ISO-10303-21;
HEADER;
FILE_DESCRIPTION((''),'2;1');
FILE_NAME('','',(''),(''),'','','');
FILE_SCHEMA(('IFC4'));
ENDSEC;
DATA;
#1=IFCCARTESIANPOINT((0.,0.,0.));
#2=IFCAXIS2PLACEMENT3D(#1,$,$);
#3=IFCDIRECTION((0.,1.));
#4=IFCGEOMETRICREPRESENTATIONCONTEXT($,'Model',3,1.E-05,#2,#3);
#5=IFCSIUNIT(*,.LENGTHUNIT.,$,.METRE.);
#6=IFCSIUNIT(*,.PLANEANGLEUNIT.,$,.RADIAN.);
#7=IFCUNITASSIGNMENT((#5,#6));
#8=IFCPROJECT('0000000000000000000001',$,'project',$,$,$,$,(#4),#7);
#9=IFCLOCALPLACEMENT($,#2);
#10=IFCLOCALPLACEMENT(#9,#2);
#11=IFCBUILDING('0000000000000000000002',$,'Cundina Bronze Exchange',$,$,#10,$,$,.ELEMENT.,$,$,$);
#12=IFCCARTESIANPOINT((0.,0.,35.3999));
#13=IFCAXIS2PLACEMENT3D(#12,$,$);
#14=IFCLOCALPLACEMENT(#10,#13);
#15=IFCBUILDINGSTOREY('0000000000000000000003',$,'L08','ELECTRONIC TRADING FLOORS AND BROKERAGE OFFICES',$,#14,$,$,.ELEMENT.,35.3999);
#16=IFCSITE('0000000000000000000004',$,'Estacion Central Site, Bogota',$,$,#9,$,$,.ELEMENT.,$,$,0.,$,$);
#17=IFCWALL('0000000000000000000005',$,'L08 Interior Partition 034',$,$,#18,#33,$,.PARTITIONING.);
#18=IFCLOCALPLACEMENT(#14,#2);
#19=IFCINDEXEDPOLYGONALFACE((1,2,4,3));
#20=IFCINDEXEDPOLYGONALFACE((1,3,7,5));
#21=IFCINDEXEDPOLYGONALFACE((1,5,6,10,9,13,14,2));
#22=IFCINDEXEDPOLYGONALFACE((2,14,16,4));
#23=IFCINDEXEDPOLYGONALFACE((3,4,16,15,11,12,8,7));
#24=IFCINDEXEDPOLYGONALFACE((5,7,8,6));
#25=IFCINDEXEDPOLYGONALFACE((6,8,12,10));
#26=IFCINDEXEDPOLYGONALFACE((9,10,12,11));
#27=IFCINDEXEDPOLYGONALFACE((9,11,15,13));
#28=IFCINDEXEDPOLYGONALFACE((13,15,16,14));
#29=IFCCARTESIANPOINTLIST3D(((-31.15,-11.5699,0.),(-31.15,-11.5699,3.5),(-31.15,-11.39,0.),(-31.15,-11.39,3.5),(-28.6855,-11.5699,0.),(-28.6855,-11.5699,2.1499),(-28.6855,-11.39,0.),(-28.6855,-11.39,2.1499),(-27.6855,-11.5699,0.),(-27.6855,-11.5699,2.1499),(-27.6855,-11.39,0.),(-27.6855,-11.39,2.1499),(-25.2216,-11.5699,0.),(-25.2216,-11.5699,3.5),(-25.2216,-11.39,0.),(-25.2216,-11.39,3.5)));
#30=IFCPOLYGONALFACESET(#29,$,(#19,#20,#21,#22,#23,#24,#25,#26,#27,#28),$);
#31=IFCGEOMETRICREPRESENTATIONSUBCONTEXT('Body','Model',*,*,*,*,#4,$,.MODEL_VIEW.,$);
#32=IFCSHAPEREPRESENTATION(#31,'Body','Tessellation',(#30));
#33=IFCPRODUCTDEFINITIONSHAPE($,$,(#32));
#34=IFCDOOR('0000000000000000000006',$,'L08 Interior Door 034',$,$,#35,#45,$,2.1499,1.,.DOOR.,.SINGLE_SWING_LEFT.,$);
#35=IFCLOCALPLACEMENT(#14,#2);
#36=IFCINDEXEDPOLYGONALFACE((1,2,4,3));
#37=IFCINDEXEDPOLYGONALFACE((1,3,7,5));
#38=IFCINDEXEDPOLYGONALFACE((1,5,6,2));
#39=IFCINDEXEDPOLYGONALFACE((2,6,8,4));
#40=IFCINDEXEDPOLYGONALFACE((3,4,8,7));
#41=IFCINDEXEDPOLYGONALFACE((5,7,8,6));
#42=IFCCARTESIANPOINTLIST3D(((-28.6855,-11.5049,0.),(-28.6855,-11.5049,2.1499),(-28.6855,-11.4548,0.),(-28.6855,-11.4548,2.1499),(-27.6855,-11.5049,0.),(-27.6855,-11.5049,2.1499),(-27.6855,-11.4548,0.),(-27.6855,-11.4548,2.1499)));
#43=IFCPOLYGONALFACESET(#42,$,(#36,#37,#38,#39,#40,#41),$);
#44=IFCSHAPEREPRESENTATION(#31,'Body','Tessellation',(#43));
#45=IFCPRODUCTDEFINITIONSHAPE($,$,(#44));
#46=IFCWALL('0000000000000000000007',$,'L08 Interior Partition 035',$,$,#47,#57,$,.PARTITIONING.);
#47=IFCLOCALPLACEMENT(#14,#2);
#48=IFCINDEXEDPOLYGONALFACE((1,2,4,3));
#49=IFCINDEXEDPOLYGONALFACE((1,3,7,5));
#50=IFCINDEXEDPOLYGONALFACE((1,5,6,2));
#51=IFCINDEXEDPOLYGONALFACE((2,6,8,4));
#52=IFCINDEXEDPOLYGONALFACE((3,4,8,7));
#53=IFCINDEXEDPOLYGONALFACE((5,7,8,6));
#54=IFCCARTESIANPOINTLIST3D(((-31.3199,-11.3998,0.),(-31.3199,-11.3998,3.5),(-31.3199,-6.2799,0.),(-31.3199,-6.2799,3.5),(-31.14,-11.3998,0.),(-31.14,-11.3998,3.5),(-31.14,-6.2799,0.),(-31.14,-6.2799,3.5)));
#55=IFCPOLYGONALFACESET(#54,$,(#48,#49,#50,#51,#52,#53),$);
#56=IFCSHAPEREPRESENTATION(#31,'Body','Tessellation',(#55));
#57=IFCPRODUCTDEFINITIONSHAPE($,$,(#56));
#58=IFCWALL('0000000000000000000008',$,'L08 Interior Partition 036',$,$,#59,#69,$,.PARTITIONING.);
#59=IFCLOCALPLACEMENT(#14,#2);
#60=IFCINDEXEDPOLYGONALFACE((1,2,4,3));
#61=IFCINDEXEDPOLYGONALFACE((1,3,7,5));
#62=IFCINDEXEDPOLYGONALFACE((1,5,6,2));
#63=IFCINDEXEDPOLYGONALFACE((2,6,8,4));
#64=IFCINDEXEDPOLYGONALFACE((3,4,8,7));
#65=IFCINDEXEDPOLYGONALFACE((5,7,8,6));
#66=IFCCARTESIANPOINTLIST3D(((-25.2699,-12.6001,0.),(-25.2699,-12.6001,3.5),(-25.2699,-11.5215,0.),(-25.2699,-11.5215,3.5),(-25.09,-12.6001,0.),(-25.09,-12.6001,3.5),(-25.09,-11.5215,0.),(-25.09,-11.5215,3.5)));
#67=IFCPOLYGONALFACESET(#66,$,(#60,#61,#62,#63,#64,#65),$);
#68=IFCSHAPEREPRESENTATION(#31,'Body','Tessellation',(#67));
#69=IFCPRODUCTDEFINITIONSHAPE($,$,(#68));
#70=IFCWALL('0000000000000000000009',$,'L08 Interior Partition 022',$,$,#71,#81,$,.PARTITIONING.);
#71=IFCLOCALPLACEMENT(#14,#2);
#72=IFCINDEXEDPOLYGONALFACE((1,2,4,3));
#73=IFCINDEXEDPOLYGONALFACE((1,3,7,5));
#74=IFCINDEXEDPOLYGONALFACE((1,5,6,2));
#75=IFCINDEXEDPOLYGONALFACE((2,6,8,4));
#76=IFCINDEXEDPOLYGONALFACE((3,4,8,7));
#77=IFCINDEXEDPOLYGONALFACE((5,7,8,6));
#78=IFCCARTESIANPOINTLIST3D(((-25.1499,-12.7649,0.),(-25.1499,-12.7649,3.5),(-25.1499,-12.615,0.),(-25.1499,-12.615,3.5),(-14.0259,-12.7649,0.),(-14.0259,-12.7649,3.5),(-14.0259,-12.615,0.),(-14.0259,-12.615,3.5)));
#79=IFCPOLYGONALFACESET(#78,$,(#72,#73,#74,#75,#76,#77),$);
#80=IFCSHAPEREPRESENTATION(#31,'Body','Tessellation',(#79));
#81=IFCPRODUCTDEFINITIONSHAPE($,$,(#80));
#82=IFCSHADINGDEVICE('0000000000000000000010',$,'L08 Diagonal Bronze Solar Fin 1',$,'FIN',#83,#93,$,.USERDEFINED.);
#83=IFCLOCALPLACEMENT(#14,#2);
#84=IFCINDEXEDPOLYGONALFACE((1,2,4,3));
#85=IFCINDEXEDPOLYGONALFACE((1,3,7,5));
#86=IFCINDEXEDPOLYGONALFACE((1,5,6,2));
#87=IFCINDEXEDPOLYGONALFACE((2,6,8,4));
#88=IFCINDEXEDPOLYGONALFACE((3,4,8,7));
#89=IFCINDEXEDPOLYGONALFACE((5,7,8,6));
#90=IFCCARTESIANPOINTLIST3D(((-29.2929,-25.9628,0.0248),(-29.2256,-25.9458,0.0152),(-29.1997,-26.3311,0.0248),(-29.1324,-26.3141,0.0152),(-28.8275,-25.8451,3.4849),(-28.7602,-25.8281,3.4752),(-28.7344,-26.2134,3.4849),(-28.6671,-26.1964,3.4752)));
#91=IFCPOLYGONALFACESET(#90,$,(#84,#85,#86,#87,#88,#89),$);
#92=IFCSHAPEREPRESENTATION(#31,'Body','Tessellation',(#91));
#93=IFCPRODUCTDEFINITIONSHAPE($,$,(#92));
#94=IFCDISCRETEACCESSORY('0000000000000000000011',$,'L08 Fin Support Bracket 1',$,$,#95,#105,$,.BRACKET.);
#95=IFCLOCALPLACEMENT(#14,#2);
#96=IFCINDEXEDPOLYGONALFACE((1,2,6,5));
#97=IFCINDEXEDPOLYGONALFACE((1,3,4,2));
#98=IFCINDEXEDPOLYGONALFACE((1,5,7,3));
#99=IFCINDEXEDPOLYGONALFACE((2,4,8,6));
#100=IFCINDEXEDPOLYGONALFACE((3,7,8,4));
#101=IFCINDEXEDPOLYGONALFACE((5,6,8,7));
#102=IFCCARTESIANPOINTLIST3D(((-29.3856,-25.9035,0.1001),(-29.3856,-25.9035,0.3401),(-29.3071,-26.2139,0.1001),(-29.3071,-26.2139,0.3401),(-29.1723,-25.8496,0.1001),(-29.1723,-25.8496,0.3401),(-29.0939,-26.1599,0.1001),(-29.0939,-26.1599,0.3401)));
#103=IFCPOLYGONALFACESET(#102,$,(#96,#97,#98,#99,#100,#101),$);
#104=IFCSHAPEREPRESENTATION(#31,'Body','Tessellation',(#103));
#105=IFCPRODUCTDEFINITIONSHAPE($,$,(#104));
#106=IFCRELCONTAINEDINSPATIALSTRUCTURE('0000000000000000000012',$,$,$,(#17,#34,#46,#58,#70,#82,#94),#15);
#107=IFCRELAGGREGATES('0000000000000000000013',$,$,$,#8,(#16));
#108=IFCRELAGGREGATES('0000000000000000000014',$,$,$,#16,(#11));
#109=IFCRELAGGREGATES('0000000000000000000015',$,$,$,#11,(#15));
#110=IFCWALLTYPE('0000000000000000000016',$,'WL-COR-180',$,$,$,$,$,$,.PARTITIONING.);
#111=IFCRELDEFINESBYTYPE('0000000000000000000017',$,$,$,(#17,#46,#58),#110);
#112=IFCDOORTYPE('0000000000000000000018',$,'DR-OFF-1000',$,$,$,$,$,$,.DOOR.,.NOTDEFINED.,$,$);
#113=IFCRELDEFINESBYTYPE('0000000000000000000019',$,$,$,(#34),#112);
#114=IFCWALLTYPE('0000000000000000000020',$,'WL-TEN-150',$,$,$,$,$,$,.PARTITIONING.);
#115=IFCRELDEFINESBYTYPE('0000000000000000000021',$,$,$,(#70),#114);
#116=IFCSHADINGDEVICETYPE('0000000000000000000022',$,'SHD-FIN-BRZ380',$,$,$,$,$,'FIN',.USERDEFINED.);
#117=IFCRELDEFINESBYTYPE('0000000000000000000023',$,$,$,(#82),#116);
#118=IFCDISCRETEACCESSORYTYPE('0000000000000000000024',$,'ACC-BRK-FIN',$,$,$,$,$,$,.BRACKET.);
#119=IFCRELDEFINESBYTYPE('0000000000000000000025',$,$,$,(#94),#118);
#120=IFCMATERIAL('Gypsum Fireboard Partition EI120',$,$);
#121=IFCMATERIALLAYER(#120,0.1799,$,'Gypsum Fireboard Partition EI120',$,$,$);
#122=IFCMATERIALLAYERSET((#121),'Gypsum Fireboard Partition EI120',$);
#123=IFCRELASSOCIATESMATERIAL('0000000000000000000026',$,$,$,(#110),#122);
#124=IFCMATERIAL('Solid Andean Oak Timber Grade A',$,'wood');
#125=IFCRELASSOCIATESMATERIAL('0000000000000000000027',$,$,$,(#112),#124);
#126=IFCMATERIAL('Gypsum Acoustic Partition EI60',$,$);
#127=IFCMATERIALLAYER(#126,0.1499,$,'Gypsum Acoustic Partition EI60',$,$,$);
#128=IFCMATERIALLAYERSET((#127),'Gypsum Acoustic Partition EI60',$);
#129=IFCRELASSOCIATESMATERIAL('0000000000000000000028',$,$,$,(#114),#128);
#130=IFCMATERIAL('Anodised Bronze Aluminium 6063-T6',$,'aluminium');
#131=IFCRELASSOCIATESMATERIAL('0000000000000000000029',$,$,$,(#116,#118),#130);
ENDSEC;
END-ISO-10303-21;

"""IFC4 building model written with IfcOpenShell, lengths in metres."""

from ifc_helpers import new_model, si_unit, direction, frame, frame_2d, origin, origin_2d, place, context, subcontext, project, spatial, rectangle, extrude, material, layer, layer_set, material_profile, profile_set, type_object, element, fill, save


model = new_model("IFC4")

# Units and contexts
model_context = context("Model", 3, precision=1e-05, world=origin(), true_north=direction((0.0, 1.0)))
body_context = subcontext(model_context, "Body", "Model", "MODEL_VIEW")
ifc_project = project(units=[si_unit("LENGTHUNIT", "METRE"), si_unit("PLANEANGLEUNIT", "RADIAN")], contexts=[model_context])

# Site, building, storey
site_placement = place(None, origin())
site = spatial("IfcSite", under=ifc_project, at=site_placement, Name="Estacion Central Site, Bogota", CompositionType="ELEMENT", RefElevation=0.0)
building_placement = place(site_placement, origin())
building = spatial("IfcBuilding", under=site, at=building_placement, Name="Cundina Bronze Exchange", CompositionType="ELEMENT")
storey_placement = place(building_placement, frame((0.0, 0.0, 35.3999)))
storey = spatial("IfcBuildingStorey", under=building, at=storey_placement, Name="L08", Description="ELECTRONIC TRADING FLOORS AND BROKERAGE OFFICES", CompositionType="ELEMENT", Elevation=35.3999)

# Shared definitions
ifc_material_1 = material(Name="Anodised Bronze Aluminium 6063-T6", Category="aluminium")

# Shared definitions
ifc_material_2 = material(Name="Gypsum Fireboard Partition EI120")
ifc_layer_1 = layer(ifc_material_2, 0.1799, Name="Gypsum Fireboard Partition EI120")
ifc_layer_set_1 = layer_set([ifc_layer_1], Name="Gypsum Fireboard Partition EI120")
wall_type_1 = type_object("IfcWallType", Name="WL-COR-180", PredefinedType="PARTITIONING", material=ifc_layer_set_1)

# Wall, opening, door
wall_1_placement = place(storey_placement, frame((-25.2214, -11.48, 0.0), z_axis=(0.0, 0.0, 1.0), x_axis=(-1.0, 0.0, 0.0)))
wall_1 = element("IfcWall", 1, at=wall_1_placement, inside=storey, type_object=wall_type_1, Name="L08 Interior Partition 034", PredefinedType="PARTITIONING", context=body_context, shape_type="SweptSolid", body=[
    extrude(rectangle(XDim=5.9285, YDim=0.1799, at=frame_2d((2.9644, 0.0))), origin(), (0.0, 0.0, 1.0), 3.5),
])
opening_placement = place(wall_1_placement, frame((2.4641, 0.0, 0.0)))
opening = element("IfcOpeningElement", 2, at=opening_placement, cuts=wall_1, PredefinedType="OPENING", context=body_context, shape_type="SweptSolid", body=[
    extrude(rectangle(XDim=1.0, YDim=2.1499, at=frame_2d((0.5, 1.075))), frame((0.0, 0.0999, 0.0), z_axis=(0.0, -1.0, 0.0), x_axis=(1.0, 0.0, 0.0)), (0.0, 0.0, 1.0), 0.2),
])
ifc_material_3 = material(Name="Solid Andean Oak Timber Grade A", Category="wood")
door_type = type_object("IfcDoorType", Name="DR-OFF-1000", OperationType="NOTDEFINED", PredefinedType="DOOR", material=ifc_material_3)
door_placement = place(opening_placement, origin())
door = element("IfcDoor", 3, at=door_placement, inside=storey, type_object=door_type, Name="L08 Interior Door 034", OperationType="SINGLE_SWING_LEFT", OverallHeight=2.1499, OverallWidth=1.0, PredefinedType="DOOR", context=body_context, shape_type="SweptSolid", body=[
    extrude(rectangle(XDim=1.0, YDim=2.1499, at=frame_2d((0.5, 1.075))), frame((0.0, 0.0249, 0.0), z_axis=(0.0, -1.0, 0.0), x_axis=(1.0, 0.0, 0.0)), (0.0, 0.0, 1.0), 0.05),
])
fill(opening, door)

# Walls
wall_2_placement = place(storey_placement, frame((-31.23, -11.3999, 0.0), z_axis=(0.0, 0.0, 1.0), x_axis=(0.0, 1.0, 0.0)))
element("IfcWall", 4, at=wall_2_placement, inside=storey, type_object=wall_type_1, Name="L08 Interior Partition 035", PredefinedType="PARTITIONING", context=body_context, shape_type="SweptSolid", body=[
    extrude(rectangle(XDim=5.1199, YDim=0.1799, at=frame_2d((2.5601, 0.0))), origin(), (0.0, 0.0, 1.0), 3.5),
])
wall_3_placement = place(storey_placement, frame((-25.1799, -12.6001, 0.0), z_axis=(0.0, 0.0, 1.0), x_axis=(0.0, 1.0, 0.0)))
element("IfcWall", 5, at=wall_3_placement, inside=storey, type_object=wall_type_1, Name="L08 Interior Partition 036", PredefinedType="PARTITIONING", context=body_context, shape_type="SweptSolid", body=[
    extrude(rectangle(XDim=1.0786, YDim=0.1799, at=frame_2d((0.5393, 0.0))), origin(), (0.0, 0.0, 1.0), 3.5),
])
ifc_material_4 = material(Name="Gypsum Acoustic Partition EI60")
ifc_layer_2 = layer(ifc_material_4, 0.1499, Name="Gypsum Acoustic Partition EI60")
ifc_layer_set_2 = layer_set([ifc_layer_2], Name="Gypsum Acoustic Partition EI60")
wall_type_2 = type_object("IfcWallType", Name="WL-TEN-150", PredefinedType="PARTITIONING", material=ifc_layer_set_2)
wall_4_placement = place(storey_placement, frame((-25.1499, -12.6899, 0.0), z_axis=(0.0, 0.0, 1.0), x_axis=(1.0, 0.0, 0.0)))
element("IfcWall", 6, at=wall_4_placement, inside=storey, type_object=wall_type_2, Name="L08 Interior Partition 022", PredefinedType="PARTITIONING", context=body_context, shape_type="SweptSolid", body=[
    extrude(rectangle(XDim=11.124, YDim=0.1499, at=frame_2d((5.562, 0.0))), origin(), (0.0, 0.0, 1.0), 3.5),
])

# Shading device
ifc_material_profile_1 = material_profile(ifc_material_1, rectangle(XDim=0.0701, YDim=0.3799, at=origin_2d()), Name="FIN70X380", Category="aluminium")
ifc_profile_set_1 = profile_set([ifc_material_profile_1], Name="Anodised Bronze Aluminium 6063-T6")
shading_device_type = type_object("IfcShadingDeviceType", Name="SHD-FIN-BRZ380", ElementType="FIN", PredefinedType="USERDEFINED", material=ifc_profile_set_1)
shading_device_placement = place(storey_placement, frame((-29.2126, -26.1384, 0.02), z_axis=(0.133215, 0.033688, 0.990514), x_axis=(-0.960285, -0.242842, 0.137408)))
element("IfcShadingDevice", 7, at=shading_device_placement, inside=storey, type_object=shading_device_type, Name="L08 Diagonal Bronze Solar Fin 1", ObjectType="FIN", PredefinedType="USERDEFINED", context=body_context, shape_type="SweptSolid", body=[
    extrude(rectangle(XDim=0.0701, YDim=0.3799, at=origin_2d()), origin(), (0.0, 0.0, 1.0), 3.4932),
])

# Discrete accessory
discrete_accessory_type = type_object("IfcDiscreteAccessoryType", Name="ACC-BRK-FIN", PredefinedType="BRACKET", material=ifc_material_1)
discrete_accessory_placement = place(storey_placement, frame((-29.2397, -26.0317, 0.1001), z_axis=(0.0, 0.0, 1.0), x_axis=(0.969488, 0.245138, 0.0)))
element("IfcDiscreteAccessory", 8, at=discrete_accessory_placement, inside=storey, type_object=discrete_accessory_type, Name="L08 Fin Support Bracket 1", PredefinedType="BRACKET", context=body_context, shape_type="SweptSolid", body=[
    extrude(rectangle(XDim=0.22, YDim=0.3201, at=origin_2d()), origin(), (0.0, 0.0, 1.0), 0.24),
])

save(model, "model.ifc")
